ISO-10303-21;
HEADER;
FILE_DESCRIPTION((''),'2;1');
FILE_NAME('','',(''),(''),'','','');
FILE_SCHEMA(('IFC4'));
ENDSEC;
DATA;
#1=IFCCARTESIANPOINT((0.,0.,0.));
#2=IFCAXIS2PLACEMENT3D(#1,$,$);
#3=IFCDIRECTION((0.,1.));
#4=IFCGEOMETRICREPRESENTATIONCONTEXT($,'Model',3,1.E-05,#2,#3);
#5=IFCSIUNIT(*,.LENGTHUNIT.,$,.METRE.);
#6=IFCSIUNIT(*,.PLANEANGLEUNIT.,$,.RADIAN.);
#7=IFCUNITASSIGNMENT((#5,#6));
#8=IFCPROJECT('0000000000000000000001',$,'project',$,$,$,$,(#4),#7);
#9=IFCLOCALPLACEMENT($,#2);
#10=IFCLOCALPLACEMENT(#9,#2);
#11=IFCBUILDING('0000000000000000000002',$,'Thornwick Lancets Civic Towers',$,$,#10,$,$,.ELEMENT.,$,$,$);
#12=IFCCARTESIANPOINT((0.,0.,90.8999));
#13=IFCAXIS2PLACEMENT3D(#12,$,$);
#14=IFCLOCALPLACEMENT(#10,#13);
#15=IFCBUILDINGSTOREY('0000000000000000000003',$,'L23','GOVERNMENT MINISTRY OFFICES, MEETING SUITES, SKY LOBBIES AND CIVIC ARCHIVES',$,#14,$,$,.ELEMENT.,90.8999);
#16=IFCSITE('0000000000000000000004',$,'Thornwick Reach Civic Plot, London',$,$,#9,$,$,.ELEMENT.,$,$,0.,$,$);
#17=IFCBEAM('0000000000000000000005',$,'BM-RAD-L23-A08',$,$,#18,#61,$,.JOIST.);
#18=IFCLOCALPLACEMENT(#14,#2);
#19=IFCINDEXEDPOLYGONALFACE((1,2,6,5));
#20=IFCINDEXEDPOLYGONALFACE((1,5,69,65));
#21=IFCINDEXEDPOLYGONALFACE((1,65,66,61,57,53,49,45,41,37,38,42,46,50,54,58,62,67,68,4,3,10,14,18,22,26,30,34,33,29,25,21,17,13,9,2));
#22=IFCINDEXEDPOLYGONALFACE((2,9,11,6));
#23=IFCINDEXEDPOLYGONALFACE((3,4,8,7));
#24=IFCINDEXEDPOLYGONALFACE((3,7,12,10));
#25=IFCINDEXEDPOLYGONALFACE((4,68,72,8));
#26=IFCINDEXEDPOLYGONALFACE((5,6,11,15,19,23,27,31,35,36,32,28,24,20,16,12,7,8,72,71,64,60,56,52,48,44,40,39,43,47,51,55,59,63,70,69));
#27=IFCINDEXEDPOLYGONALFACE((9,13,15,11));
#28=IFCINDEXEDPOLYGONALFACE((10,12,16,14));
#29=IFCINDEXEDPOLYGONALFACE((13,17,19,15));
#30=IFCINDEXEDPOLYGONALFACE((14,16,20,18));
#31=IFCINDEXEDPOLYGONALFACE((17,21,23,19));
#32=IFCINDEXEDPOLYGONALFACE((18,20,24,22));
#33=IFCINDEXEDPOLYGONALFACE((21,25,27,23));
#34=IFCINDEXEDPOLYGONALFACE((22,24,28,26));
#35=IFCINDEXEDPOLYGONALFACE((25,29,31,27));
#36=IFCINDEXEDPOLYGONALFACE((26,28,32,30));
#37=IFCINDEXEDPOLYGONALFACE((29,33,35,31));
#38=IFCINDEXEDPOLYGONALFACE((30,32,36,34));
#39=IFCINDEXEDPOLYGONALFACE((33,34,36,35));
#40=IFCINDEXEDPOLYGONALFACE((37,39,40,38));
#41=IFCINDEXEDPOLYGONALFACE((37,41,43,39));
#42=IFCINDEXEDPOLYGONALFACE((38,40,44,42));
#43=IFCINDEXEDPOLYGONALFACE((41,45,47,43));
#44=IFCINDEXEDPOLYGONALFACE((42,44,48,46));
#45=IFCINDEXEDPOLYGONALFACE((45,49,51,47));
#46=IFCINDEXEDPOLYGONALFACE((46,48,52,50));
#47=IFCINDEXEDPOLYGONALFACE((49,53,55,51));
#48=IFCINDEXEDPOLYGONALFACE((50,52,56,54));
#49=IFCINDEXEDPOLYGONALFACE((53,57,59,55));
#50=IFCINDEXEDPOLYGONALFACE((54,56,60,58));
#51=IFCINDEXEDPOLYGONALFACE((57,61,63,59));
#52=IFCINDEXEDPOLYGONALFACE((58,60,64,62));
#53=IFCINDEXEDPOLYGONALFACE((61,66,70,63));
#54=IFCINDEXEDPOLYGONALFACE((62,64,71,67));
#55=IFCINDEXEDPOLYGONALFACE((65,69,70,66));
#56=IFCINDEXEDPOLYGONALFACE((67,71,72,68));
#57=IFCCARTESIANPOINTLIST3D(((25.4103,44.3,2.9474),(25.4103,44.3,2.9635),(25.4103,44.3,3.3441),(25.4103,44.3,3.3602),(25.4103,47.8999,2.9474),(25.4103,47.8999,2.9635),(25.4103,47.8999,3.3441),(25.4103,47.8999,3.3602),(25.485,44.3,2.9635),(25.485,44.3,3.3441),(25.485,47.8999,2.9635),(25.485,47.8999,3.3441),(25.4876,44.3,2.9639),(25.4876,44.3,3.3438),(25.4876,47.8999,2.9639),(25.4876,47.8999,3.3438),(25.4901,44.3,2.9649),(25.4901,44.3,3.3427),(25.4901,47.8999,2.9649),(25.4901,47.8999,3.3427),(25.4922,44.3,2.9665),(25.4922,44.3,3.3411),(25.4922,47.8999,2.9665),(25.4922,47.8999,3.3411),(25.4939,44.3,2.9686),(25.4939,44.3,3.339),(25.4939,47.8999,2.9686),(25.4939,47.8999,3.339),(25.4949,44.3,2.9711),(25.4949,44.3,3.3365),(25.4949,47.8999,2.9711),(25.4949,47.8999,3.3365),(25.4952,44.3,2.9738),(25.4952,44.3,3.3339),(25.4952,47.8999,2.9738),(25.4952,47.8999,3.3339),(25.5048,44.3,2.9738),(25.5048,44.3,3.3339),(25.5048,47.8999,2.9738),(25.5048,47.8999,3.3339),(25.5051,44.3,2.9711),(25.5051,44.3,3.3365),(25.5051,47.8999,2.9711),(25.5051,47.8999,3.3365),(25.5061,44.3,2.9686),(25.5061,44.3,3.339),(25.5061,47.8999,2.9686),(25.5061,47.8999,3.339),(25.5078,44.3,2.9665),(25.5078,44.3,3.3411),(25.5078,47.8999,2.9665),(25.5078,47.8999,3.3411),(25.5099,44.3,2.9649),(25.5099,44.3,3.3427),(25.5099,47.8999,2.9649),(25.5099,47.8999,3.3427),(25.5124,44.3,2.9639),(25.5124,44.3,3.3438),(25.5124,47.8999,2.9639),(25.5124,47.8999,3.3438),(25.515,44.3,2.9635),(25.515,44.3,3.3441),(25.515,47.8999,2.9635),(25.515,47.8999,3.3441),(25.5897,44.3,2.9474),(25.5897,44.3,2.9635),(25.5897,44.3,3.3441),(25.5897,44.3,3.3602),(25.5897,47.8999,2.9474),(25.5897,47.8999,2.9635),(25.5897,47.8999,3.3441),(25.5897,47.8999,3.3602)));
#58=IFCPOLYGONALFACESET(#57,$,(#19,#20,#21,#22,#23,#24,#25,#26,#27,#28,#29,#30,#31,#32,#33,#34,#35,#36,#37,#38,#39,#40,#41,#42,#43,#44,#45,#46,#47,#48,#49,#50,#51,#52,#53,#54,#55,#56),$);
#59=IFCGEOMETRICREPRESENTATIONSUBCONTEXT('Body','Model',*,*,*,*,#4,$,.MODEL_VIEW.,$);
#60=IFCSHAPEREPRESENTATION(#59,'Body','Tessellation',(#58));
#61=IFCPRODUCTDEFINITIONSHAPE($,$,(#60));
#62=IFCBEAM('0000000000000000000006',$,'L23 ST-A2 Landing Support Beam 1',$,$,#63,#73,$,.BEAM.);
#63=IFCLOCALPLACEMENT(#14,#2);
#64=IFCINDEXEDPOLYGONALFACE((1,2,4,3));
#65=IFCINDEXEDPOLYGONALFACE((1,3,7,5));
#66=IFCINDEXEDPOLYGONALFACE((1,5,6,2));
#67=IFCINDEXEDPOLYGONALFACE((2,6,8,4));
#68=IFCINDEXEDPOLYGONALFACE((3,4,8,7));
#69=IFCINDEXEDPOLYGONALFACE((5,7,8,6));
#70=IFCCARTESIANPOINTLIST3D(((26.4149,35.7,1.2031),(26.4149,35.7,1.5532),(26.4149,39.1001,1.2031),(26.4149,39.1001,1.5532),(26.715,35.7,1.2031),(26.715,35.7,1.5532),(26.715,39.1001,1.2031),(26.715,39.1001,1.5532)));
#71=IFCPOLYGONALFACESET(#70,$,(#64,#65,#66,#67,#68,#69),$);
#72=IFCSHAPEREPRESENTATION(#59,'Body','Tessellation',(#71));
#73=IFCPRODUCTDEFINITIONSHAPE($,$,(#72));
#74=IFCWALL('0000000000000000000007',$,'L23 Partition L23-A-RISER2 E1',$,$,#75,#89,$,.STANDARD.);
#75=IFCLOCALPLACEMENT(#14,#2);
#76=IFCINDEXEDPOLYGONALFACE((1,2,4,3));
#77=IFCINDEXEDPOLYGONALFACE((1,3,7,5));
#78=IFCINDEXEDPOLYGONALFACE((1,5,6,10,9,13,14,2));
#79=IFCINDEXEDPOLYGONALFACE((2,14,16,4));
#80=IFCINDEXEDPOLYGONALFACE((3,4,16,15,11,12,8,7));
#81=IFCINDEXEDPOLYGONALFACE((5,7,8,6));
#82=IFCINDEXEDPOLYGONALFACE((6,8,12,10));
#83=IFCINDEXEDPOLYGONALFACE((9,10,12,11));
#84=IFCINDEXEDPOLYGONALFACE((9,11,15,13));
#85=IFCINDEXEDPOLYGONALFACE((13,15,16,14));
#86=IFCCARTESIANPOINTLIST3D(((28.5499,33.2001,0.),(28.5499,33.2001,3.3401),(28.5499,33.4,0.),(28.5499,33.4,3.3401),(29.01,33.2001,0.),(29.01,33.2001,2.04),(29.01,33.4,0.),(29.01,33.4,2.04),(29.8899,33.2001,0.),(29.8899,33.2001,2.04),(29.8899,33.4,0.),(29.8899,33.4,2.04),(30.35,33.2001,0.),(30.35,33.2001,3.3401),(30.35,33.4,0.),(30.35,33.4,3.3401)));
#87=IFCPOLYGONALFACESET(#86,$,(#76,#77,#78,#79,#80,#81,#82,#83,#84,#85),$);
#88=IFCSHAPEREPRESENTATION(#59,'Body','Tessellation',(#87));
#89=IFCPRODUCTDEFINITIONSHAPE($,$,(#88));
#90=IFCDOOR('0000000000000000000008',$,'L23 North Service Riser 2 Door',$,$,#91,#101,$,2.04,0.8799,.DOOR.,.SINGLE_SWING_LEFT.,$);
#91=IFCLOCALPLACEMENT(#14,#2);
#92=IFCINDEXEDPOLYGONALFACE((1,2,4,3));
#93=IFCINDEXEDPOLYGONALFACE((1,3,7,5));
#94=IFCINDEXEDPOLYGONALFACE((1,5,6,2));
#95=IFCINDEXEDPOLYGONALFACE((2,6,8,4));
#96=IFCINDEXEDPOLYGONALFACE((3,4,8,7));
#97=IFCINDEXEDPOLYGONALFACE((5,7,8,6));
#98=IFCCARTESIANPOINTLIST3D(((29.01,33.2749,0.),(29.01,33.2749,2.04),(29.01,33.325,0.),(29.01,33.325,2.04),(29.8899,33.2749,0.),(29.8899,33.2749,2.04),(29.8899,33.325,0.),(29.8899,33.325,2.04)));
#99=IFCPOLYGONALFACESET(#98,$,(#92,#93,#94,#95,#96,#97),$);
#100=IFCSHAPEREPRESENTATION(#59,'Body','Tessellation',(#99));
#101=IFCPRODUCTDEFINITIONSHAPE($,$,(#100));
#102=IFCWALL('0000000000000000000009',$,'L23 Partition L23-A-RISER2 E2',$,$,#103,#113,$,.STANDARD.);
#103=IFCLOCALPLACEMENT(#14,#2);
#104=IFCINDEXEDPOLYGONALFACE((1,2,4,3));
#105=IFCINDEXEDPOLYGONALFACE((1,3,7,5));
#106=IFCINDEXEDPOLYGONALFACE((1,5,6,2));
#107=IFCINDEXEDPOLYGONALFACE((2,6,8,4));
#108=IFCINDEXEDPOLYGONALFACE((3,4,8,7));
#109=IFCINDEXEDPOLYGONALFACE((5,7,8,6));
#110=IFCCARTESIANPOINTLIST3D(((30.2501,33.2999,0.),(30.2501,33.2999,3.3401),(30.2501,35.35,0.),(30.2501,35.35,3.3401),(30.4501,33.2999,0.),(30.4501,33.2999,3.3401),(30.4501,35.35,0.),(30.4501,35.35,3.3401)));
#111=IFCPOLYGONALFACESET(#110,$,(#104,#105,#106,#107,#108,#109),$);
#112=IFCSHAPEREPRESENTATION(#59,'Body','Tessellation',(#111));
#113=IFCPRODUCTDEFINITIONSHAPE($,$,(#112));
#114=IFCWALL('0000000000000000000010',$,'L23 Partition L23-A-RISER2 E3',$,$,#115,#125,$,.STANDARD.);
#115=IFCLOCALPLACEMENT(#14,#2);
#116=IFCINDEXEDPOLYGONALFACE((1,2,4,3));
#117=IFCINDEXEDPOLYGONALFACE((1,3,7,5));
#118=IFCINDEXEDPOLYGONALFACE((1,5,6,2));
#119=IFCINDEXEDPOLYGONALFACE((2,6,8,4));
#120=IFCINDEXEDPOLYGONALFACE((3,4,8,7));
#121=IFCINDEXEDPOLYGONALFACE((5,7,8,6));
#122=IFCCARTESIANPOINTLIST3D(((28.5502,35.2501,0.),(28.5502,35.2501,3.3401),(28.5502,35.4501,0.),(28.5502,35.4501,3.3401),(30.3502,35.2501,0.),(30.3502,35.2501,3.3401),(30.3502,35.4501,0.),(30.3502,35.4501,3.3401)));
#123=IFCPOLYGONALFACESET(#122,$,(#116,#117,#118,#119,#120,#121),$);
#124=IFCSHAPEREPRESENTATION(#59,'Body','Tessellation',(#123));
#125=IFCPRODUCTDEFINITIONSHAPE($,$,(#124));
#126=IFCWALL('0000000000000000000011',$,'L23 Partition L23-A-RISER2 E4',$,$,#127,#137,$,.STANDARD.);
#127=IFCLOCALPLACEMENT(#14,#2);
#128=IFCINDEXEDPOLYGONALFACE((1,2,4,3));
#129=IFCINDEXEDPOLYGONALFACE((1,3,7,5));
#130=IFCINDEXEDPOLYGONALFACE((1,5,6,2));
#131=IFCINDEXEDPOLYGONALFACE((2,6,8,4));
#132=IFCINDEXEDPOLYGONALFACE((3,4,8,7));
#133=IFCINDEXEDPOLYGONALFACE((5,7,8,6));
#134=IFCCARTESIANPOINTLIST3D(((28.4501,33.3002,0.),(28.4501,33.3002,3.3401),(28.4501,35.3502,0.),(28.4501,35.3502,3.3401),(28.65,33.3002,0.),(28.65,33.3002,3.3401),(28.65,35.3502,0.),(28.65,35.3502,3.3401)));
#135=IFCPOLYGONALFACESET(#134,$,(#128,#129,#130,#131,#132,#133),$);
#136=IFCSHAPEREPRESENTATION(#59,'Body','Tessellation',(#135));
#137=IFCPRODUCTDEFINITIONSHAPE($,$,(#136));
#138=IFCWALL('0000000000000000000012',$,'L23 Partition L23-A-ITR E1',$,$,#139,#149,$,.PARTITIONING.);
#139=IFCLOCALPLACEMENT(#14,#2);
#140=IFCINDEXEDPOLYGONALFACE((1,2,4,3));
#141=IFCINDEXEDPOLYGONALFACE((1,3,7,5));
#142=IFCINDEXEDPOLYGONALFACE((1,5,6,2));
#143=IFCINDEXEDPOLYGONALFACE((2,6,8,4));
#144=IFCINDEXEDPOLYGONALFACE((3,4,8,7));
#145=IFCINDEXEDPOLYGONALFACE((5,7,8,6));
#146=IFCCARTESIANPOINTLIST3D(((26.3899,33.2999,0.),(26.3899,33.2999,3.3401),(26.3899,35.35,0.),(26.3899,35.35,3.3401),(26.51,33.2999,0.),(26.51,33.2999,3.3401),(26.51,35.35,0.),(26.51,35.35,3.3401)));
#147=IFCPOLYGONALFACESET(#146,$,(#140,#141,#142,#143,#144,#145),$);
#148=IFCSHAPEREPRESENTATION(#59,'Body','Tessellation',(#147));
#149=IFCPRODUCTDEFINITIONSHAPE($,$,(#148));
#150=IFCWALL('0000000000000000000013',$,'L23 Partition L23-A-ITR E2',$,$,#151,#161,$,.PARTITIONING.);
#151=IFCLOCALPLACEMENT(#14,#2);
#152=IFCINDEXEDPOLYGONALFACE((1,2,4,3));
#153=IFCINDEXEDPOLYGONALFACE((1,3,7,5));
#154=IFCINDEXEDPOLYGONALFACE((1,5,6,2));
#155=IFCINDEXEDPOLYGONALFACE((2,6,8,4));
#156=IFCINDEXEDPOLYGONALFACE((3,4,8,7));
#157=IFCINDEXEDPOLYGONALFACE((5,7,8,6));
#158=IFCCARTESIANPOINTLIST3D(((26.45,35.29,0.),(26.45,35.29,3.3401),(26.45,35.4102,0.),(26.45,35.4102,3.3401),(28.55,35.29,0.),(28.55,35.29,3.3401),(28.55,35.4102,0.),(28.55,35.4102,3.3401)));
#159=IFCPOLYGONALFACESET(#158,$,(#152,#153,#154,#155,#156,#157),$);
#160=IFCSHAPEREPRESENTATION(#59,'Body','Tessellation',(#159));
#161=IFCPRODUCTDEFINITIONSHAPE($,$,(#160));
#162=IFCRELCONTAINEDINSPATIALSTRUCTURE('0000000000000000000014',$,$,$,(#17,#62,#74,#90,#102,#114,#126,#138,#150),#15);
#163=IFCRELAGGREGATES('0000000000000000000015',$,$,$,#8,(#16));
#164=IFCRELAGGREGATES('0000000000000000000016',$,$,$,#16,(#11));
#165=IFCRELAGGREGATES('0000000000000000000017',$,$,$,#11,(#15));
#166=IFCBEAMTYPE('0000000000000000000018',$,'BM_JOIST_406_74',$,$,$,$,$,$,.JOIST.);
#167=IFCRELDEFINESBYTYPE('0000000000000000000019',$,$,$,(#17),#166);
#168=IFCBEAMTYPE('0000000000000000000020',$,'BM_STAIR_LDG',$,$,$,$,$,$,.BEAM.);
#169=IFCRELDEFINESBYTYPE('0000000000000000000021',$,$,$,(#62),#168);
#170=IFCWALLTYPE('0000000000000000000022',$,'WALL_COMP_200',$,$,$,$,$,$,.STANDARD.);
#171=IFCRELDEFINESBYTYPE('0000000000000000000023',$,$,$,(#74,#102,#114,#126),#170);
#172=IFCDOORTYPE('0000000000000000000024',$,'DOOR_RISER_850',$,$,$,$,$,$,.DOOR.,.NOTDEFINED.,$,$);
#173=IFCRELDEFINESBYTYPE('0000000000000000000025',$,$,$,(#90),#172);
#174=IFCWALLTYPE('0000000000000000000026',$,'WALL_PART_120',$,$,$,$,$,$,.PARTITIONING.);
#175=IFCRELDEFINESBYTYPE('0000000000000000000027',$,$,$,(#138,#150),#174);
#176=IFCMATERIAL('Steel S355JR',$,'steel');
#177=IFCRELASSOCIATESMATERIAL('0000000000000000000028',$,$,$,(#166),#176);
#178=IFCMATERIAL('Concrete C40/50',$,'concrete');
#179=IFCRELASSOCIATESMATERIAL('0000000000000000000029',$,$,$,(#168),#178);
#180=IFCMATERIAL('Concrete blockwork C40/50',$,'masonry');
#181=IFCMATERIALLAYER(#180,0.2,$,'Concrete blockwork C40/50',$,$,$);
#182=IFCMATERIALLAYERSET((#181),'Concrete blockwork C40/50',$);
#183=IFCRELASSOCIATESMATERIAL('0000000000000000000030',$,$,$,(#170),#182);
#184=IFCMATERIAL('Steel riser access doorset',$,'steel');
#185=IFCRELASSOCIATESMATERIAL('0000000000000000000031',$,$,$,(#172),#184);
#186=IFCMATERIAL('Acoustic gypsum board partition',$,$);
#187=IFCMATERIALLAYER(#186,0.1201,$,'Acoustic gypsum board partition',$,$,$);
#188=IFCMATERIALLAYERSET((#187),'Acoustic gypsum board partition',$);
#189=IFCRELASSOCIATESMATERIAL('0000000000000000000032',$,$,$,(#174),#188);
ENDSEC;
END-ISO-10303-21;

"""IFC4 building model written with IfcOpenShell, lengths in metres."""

from ifc_helpers import new_model, si_unit, direction, frame, frame_2d, origin, origin_2d, place, context, subcontext, project, spatial, rectangle, i_section, extrude, material, layer, layer_set, material_profile, profile_set, type_object, element, fill, save


model = new_model("IFC4")

# Units and contexts
model_context = context("Model", 3, precision=1e-05, world=origin(), true_north=direction((0.0, 1.0)))
body_context = subcontext(model_context, "Body", "Model", "MODEL_VIEW")
ifc_project = project(units=[si_unit("LENGTHUNIT", "METRE"), si_unit("PLANEANGLEUNIT", "RADIAN")], contexts=[model_context])

# Site, building, storey
site_placement = place(None, origin())
site = spatial("IfcSite", under=ifc_project, at=site_placement, Name="Thornwick Reach Civic Plot, London", CompositionType="ELEMENT", RefElevation=0.0)
building_placement = place(site_placement, origin())
building = spatial("IfcBuilding", under=site, at=building_placement, Name="Thornwick Lancets Civic Towers", CompositionType="ELEMENT")
storey_placement = place(building_placement, frame((0.0, 0.0, 90.8999)))
storey = spatial("IfcBuildingStorey", under=building, at=storey_placement, Name="L23", Description="GOVERNMENT MINISTRY OFFICES, MEETING SUITES, SKY LOBBIES AND CIVIC ARCHIVES", CompositionType="ELEMENT", Elevation=90.8999)

# Beams
ifc_material_1 = material(Name="Steel S355JR", Category="steel")
ifc_material_profile_1 = material_profile(ifc_material_1, i_section(OverallWidth=0.1794, OverallDepth=0.4128, WebThickness=0.0095, FlangeThickness=0.0161, FilletRadius=0.0103, at=origin_2d()), Name="UKB 406x178x74")
ifc_profile_set_1 = profile_set([ifc_material_profile_1], Name="Steel S355JR")
beam_type_1 = type_object("IfcBeamType", Name="BM_JOIST_406_74", PredefinedType="JOIST", material=ifc_profile_set_1)
beam_1_placement = place(storey_placement, frame((25.5, 44.3, 3.1538), z_axis=(0.0, 1.0, 0.0), x_axis=(-1.0, 0.0, 0.0)))
element("IfcBeam", 1, at=beam_1_placement, inside=storey, type_object=beam_type_1, Name="BM-RAD-L23-A08", PredefinedType="JOIST", context=body_context, shape_type="SweptSolid", body=[
    extrude(i_section(OverallWidth=0.1794, OverallDepth=0.4128, WebThickness=0.0095, FlangeThickness=0.0161, FilletRadius=0.0103, at=origin_2d()), origin(), (0.0, 0.0, 1.0), 3.5999),
])
ifc_material_2 = material(Name="Concrete C40/50", Category="concrete")
ifc_material_profile_2 = material_profile(ifc_material_2, rectangle(XDim=0.3, YDim=0.3501, at=origin_2d()), Name="RC 300x350")
ifc_profile_set_2 = profile_set([ifc_material_profile_2], Name="Concrete C40/50")
beam_type_2 = type_object("IfcBeamType", Name="BM_STAIR_LDG", PredefinedType="BEAM", material=ifc_profile_set_2)
beam_2_placement = place(storey_placement, frame((26.5649, 39.1001, 1.3782), z_axis=(0.0, -1.0, 0.0), x_axis=(1.0, 0.0, 0.0)))
element("IfcBeam", 2, at=beam_2_placement, inside=storey, type_object=beam_type_2, Name="L23 ST-A2 Landing Support Beam 1", PredefinedType="BEAM", context=body_context, shape_type="SweptSolid", body=[
    extrude(rectangle(XDim=0.3, YDim=0.3501, at=origin_2d()), origin(), (0.0, 0.0, 1.0), 3.4001),
])

# Wall, opening, door
ifc_material_3 = material(Name="Concrete blockwork C40/50", Category="masonry")
ifc_layer_1 = layer(ifc_material_3, 0.2, Name="Concrete blockwork C40/50")
ifc_layer_set_1 = layer_set([ifc_layer_1], Name="Concrete blockwork C40/50")
wall_type_1 = type_object("IfcWallType", Name="WALL_COMP_200", PredefinedType="STANDARD", material=ifc_layer_set_1)
wall_1_placement = place(storey_placement, frame((28.55, 33.3, 0.0), z_axis=(0.0, 0.0, 1.0), x_axis=(1.0, 0.0, 0.0)))
wall_1 = element("IfcWall", 3, at=wall_1_placement, inside=storey, type_object=wall_type_1, Name="L23 Partition L23-A-RISER2 E1", PredefinedType="STANDARD", context=body_context, shape_type="SweptSolid", body=[
    extrude(rectangle(XDim=1.8, YDim=0.2, at=frame_2d((0.8999, 0.0))), origin(), (0.0, 0.0, 1.0), 3.3401),
])
opening_1_placement = place(wall_1_placement, frame((0.46, 0.0, 0.0)))
opening_1 = element("IfcOpeningElement", 4, at=opening_1_placement, cuts=wall_1, PredefinedType="OPENING", context=body_context, shape_type="SweptSolid", body=[
    extrude(rectangle(XDim=0.8799, YDim=2.04, at=frame_2d((0.4399, 1.02))), frame((0.0, 0.1099, 0.0), z_axis=(0.0, -1.0, 0.0), x_axis=(1.0, 0.0, 0.0)), (0.0, 0.0, 1.0), 0.22),
])
ifc_material_4 = material(Name="Steel riser access doorset", Category="steel")
door_type_1 = type_object("IfcDoorType", Name="DOOR_RISER_850", OperationType="NOTDEFINED", PredefinedType="DOOR", material=ifc_material_4)
door_1_placement = place(opening_1_placement, origin())
door_1 = element("IfcDoor", 5, at=door_1_placement, inside=storey, type_object=door_type_1, Name="L23 North Service Riser 2 Door", OperationType="SINGLE_SWING_LEFT", OverallHeight=2.04, OverallWidth=0.8799, PredefinedType="DOOR", context=body_context, shape_type="SweptSolid", body=[
    extrude(rectangle(XDim=0.8799, YDim=2.04, at=frame_2d((0.4399, 1.02))), frame((0.0, 0.0249, 0.0), z_axis=(0.0, -1.0, 0.0), x_axis=(1.0, 0.0, 0.0)), (0.0, 0.0, 1.0), 0.05),
])
fill(opening_1, door_1)

# Walls
wall_2_placement = place(storey_placement, frame((30.3501, 33.3, 0.0), z_axis=(0.0, 0.0, 1.0), x_axis=(0.0, 1.0, 0.0)))
element("IfcWall", 6, at=wall_2_placement, inside=storey, type_object=wall_type_1, Name="L23 Partition L23-A-RISER2 E2", PredefinedType="STANDARD", context=body_context, shape_type="SweptSolid", body=[
    extrude(rectangle(XDim=2.05, YDim=0.2, at=frame_2d((1.0249, 0.0))), origin(), (0.0, 0.0, 1.0), 3.3401),
])
wall_3_placement = place(storey_placement, frame((30.3501, 35.3501, 0.0), z_axis=(0.0, 0.0, 1.0), x_axis=(-1.0, 0.0, 0.0)))
element("IfcWall", 7, at=wall_3_placement, inside=storey, type_object=wall_type_1, Name="L23 Partition L23-A-RISER2 E3", PredefinedType="STANDARD", context=body_context, shape_type="SweptSolid", body=[
    extrude(rectangle(XDim=1.8, YDim=0.2, at=frame_2d((0.8999, 0.0))), origin(), (0.0, 0.0, 1.0), 3.3401),
])
wall_4_placement = place(storey_placement, frame((28.55, 35.3501, 0.0), z_axis=(0.0, 0.0, 1.0), x_axis=(0.0, -1.0, 0.0)))
element("IfcWall", 8, at=wall_4_placement, inside=storey, type_object=wall_type_1, Name="L23 Partition L23-A-RISER2 E4", PredefinedType="STANDARD", context=body_context, shape_type="SweptSolid", body=[
    extrude(rectangle(XDim=2.05, YDim=0.2, at=frame_2d((1.0249, 0.0))), origin(), (0.0, 0.0, 1.0), 3.3401),
])
ifc_material_5 = material(Name="Acoustic gypsum board partition")
ifc_layer_2 = layer(ifc_material_5, 0.1201, Name="Acoustic gypsum board partition")
ifc_layer_set_2 = layer_set([ifc_layer_2], Name="Acoustic gypsum board partition")
wall_type_2 = type_object("IfcWallType", Name="WALL_PART_120", PredefinedType="PARTITIONING", material=ifc_layer_set_2)
wall_5_placement = place(storey_placement, frame((26.45, 33.3, 0.0), z_axis=(0.0, 0.0, 1.0), x_axis=(0.0, 1.0, 0.0)))
element("IfcWall", 9, at=wall_5_placement, inside=storey, type_object=wall_type_2, Name="L23 Partition L23-A-ITR E1", PredefinedType="PARTITIONING", context=body_context, shape_type="SweptSolid", body=[
    extrude(rectangle(XDim=2.05, YDim=0.1201, at=frame_2d((1.0249, 0.0))), origin(), (0.0, 0.0, 1.0), 3.3401),
])
wall_6_placement = place(storey_placement, frame((26.45, 35.3501, 0.0), z_axis=(0.0, 0.0, 1.0), x_axis=(1.0, 0.0, 0.0)))
element("IfcWall", 10, at=wall_6_placement, inside=storey, type_object=wall_type_2, Name="L23 Partition L23-A-ITR E2", PredefinedType="PARTITIONING", context=body_context, shape_type="SweptSolid", body=[
    extrude(rectangle(XDim=2.1001, YDim=0.1201, at=frame_2d((1.05, 0.0))), origin(), (0.0, 0.0, 1.0), 3.3401),
])

save(model, "model.ifc")
